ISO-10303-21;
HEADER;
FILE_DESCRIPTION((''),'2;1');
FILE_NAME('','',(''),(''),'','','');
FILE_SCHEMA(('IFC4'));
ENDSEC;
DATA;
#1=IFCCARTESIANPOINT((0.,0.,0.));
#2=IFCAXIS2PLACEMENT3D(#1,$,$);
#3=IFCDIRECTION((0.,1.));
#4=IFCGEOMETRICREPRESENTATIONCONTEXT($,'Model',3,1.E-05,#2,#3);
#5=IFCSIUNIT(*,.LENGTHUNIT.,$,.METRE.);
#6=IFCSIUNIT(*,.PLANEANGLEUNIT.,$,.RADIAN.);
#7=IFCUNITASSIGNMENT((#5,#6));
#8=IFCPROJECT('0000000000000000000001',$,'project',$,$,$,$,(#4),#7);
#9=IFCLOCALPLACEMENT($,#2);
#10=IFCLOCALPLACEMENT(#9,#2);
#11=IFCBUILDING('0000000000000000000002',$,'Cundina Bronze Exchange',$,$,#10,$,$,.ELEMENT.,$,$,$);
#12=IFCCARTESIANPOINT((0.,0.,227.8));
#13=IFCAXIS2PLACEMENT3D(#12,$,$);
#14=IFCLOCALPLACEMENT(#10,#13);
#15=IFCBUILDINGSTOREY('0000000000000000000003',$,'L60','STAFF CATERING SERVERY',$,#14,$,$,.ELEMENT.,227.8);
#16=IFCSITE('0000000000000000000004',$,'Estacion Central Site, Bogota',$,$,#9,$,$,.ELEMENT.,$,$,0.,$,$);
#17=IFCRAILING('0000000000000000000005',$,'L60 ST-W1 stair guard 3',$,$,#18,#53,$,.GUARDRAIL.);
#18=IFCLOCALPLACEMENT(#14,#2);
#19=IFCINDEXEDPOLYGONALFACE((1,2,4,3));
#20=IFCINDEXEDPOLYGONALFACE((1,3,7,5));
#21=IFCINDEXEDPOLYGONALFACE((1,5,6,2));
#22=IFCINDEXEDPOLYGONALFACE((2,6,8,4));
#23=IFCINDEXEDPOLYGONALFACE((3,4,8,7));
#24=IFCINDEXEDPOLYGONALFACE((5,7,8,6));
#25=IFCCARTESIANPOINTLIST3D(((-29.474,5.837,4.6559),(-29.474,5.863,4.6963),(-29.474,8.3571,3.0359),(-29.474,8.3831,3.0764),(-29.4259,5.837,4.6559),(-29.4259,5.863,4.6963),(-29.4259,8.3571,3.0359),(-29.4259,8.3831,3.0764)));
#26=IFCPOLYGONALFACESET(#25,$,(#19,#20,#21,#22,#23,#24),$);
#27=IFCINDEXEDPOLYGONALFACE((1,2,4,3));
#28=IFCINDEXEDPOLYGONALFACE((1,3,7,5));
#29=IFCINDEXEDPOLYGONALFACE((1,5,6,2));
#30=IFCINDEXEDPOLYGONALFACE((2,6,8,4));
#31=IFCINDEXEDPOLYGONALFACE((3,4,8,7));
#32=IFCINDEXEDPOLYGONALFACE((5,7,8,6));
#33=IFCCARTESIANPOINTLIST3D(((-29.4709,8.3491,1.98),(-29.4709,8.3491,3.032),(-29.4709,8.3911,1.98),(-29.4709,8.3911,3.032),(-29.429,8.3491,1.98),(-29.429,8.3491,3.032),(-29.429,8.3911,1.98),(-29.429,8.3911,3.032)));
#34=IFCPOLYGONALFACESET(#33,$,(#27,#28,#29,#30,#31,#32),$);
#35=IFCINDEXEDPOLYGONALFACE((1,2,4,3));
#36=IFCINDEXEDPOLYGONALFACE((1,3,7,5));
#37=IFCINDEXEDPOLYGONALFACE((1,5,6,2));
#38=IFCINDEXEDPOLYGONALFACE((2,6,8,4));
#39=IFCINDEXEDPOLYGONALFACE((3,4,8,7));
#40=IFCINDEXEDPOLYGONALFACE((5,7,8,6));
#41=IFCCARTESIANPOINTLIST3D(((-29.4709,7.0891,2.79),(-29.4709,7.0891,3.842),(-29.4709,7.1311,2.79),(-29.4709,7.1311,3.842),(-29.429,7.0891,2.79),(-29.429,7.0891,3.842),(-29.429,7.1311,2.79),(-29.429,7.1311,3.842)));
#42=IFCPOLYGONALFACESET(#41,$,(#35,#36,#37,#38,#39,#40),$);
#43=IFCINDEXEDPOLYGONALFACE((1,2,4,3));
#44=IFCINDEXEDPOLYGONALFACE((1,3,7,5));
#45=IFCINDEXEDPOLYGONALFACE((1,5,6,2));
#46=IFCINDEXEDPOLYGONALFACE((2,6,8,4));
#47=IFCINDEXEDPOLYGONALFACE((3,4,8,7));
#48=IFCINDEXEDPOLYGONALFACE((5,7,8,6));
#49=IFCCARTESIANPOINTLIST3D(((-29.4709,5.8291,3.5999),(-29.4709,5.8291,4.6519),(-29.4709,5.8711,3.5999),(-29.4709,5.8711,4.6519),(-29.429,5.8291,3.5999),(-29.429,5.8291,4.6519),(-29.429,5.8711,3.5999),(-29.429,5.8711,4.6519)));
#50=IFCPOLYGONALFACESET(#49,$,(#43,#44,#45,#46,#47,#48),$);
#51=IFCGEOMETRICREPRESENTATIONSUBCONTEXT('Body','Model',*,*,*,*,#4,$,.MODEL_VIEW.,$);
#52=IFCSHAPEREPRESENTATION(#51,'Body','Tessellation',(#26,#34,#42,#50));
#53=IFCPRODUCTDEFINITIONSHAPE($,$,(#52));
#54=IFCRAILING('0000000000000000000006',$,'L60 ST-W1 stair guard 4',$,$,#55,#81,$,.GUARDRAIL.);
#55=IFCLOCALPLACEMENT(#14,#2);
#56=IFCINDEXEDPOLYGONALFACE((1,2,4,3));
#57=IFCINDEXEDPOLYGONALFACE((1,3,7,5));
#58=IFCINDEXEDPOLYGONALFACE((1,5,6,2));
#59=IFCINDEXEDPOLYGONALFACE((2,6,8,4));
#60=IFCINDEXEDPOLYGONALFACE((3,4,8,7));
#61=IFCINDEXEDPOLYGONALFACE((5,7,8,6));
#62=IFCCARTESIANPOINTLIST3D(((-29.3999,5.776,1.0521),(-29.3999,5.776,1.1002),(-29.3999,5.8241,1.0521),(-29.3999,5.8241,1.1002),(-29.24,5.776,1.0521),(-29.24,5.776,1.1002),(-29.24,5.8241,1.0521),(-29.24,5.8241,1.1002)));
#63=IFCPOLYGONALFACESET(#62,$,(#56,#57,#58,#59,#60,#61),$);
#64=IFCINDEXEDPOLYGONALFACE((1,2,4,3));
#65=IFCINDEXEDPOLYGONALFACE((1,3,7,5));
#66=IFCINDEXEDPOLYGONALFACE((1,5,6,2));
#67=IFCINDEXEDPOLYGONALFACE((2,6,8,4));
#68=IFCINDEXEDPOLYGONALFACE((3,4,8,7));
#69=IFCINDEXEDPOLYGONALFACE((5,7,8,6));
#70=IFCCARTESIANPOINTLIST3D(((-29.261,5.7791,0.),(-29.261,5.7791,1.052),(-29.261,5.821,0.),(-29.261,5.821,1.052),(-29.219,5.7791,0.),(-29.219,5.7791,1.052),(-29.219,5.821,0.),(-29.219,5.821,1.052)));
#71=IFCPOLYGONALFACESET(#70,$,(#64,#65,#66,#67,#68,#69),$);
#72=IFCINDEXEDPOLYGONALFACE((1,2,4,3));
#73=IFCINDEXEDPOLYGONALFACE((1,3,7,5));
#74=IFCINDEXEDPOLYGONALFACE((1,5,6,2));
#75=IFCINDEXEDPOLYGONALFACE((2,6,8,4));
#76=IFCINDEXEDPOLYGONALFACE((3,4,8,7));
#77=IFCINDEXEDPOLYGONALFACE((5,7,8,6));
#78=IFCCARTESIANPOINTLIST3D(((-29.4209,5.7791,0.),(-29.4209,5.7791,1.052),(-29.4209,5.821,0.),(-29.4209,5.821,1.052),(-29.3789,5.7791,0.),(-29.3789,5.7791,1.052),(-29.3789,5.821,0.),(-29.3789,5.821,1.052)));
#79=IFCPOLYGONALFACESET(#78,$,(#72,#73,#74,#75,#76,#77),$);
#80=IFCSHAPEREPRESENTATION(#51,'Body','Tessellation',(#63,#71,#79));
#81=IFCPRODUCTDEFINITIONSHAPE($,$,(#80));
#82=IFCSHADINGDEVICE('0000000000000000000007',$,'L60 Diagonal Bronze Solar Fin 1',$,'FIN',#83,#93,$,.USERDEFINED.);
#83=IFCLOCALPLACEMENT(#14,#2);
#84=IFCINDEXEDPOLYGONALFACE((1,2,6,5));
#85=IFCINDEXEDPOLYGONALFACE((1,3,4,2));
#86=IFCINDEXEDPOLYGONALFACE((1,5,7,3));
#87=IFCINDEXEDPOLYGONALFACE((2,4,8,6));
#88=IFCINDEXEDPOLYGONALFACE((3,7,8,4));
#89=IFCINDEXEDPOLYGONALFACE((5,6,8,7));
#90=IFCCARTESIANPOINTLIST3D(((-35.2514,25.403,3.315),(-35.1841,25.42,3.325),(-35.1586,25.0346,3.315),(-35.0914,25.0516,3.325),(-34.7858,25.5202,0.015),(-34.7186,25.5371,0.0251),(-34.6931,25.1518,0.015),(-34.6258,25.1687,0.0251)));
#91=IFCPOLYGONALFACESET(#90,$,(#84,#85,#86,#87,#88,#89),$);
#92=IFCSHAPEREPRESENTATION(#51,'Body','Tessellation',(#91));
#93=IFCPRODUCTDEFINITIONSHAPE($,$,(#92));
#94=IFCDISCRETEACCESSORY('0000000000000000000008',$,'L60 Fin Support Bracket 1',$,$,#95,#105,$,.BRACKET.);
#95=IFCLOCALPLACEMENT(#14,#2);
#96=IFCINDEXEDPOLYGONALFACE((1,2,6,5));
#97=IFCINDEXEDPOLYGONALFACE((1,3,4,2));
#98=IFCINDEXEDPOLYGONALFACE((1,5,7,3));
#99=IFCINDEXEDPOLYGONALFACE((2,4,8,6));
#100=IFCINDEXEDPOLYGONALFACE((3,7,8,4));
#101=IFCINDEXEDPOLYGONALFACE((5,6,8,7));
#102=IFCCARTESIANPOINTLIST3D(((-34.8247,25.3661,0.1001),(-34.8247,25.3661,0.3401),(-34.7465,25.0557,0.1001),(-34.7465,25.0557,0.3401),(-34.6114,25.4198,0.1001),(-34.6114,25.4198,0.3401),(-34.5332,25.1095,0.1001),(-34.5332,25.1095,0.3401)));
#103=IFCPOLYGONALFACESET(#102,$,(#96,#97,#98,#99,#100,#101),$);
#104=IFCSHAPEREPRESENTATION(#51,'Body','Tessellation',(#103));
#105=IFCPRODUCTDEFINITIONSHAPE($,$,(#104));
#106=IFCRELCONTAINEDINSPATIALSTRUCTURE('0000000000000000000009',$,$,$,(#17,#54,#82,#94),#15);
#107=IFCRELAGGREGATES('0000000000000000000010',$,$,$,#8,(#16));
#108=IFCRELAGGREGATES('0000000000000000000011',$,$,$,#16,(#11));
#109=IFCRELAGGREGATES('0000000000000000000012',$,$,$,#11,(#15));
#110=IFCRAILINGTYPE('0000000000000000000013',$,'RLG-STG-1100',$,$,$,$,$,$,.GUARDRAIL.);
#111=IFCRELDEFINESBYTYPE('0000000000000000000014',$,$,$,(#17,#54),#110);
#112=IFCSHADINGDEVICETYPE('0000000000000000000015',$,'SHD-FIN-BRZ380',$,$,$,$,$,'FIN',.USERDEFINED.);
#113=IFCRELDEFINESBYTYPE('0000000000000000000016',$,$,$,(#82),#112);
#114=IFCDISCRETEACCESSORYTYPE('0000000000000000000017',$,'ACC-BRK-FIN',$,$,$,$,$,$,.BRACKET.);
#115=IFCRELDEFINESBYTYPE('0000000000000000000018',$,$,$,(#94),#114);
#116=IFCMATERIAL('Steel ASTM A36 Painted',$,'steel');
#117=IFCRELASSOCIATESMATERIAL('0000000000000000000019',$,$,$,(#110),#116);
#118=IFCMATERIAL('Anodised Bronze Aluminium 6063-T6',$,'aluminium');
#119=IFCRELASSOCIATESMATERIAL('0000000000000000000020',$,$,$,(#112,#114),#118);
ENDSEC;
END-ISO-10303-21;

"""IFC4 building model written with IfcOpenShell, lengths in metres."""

from ifc_helpers import new_model, si_unit, direction, frame, origin, origin_2d, place, context, subcontext, project, spatial, rectangle, extrude, material, material_profile, profile_set, type_object, element, save


model = new_model("IFC4")

# Units and contexts
model_context = context("Model", 3, precision=1e-05, world=origin(), true_north=direction((0.0, 1.0)))
body_context = subcontext(model_context, "Body", "Model", "MODEL_VIEW")
ifc_project = project(units=[si_unit("LENGTHUNIT", "METRE"), si_unit("PLANEANGLEUNIT", "RADIAN")], contexts=[model_context])

# Site, building, storey
site_placement = place(None, origin())
site = spatial("IfcSite", under=ifc_project, at=site_placement, Name="Estacion Central Site, Bogota", CompositionType="ELEMENT", RefElevation=0.0)
building_placement = place(site_placement, origin())
building = spatial("IfcBuilding", under=site, at=building_placement, Name="Cundina Bronze Exchange", CompositionType="ELEMENT")
storey_placement = place(building_placement, frame((0.0, 0.0, 227.8)))
storey = spatial("IfcBuildingStorey", under=building, at=storey_placement, Name="L60", Description="STAFF CATERING SERVERY", CompositionType="ELEMENT", Elevation=227.8)

# Shared definitions
ifc_material_1 = material(Name="Anodised Bronze Aluminium 6063-T6", Category="aluminium")

# Shared definitions
ifc_material_2 = material(Name="Steel ASTM A36 Painted", Category="steel")

# Railings
railing_type_1 = type_object("IfcRailingType", Name="RLG-STG-1100", PredefinedType="GUARDRAIL", material=ifc_material_2)
railing_1_placement = place(storey_placement, frame((-29.45, 8.3701, 1.98)))
element("IfcRailing", 1, at=railing_1_placement, inside=storey, type_object=railing_type_1, Name="L60 ST-W1 stair guard 3", PredefinedType="GUARDRAIL", context=body_context, shape_type="SweptSolid", body=[
    extrude(rectangle(XDim=0.0481, YDim=0.0481, at=origin_2d()), frame((0.0, 0.0, 1.0762), z_axis=(0.0, -0.8412, 0.540725), x_axis=(1.0, 0.0, 0.0)), (0.0, 0.0, 1.0), 2.9958),
    extrude(rectangle(XDim=0.042, YDim=0.042, at=origin_2d()), origin(), (0.0, 0.0, 1.0), 1.052),
    extrude(rectangle(XDim=0.042, YDim=0.042, at=origin_2d()), frame((0.0, -1.26, 0.8101)), (0.0, 0.0, 1.0), 1.052),
    extrude(rectangle(XDim=0.042, YDim=0.042, at=origin_2d()), frame((0.0, -2.52, 1.6199)), (0.0, 0.0, 1.0), 1.052),
])
railing_2_placement = place(storey_placement, frame((-29.24, 5.8, 0.0)))
element("IfcRailing", 2, at=railing_2_placement, inside=storey, type_object=railing_type_1, Name="L60 ST-W1 stair guard 4", PredefinedType="GUARDRAIL", context=body_context, shape_type="SweptSolid", body=[
    extrude(rectangle(XDim=0.0481, YDim=0.0481, at=origin_2d()), frame((0.0, 0.0, 1.0762), z_axis=(-1.0, 0.0, 0.0), x_axis=(0.0, -1.0, 0.0)), (0.0, 0.0, 1.0), 0.1599),
    extrude(rectangle(XDim=0.042, YDim=0.042, at=origin_2d()), origin(), (0.0, 0.0, 1.0), 1.052),
    extrude(rectangle(XDim=0.042, YDim=0.042, at=origin_2d()), frame((-0.1599, 0.0, 0.0)), (0.0, 0.0, 1.0), 1.052),
])

# Shading device
ifc_material_profile_1 = material_profile(ifc_material_1, rectangle(XDim=0.0701, YDim=0.3799, at=origin_2d()), Name="FIN70X380", Category="aluminium")
ifc_profile_set_1 = profile_set([ifc_material_profile_1], Name="Anodised Bronze Aluminium 6063-T6")
shading_device_type = type_object("IfcShadingDeviceType", Name="SHD-FIN-BRZ380", ElementType="FIN", PredefinedType="USERDEFINED", material=ifc_profile_set_1)
shading_device_placement = place(storey_placement, frame((-34.7058, 25.3445, 0.02), z_axis=(-0.139612, -0.035141, 0.989583), x_axis=(0.95965, 0.241548, 0.143967)))
element("IfcShadingDevice", 3, at=shading_device_placement, inside=storey, type_object=shading_device_type, Name="L60 Diagonal Bronze Solar Fin 1", ObjectType="FIN", PredefinedType="USERDEFINED", context=body_context, shape_type="SweptSolid", body=[
    extrude(rectangle(XDim=0.0701, YDim=0.3799, at=origin_2d()), origin(), (0.0, 0.0, 1.0), 3.3347),
])

# Discrete accessory
discrete_accessory_type = type_object("IfcDiscreteAccessoryType", Name="ACC-BRK-FIN", PredefinedType="BRACKET", material=ifc_material_1)
discrete_accessory_placement = place(storey_placement, frame((-34.679, 25.2378, 0.1001), z_axis=(0.0, 0.0, 1.0), x_axis=(-0.969732, -0.244174, 0.0)))
element("IfcDiscreteAccessory", 4, at=discrete_accessory_placement, inside=storey, type_object=discrete_accessory_type, Name="L60 Fin Support Bracket 1", PredefinedType="BRACKET", context=body_context, shape_type="SweptSolid", body=[
    extrude(rectangle(XDim=0.22, YDim=0.3201, at=origin_2d()), origin(), (0.0, 0.0, 1.0), 0.24),
])

save(model, "model.ifc")
